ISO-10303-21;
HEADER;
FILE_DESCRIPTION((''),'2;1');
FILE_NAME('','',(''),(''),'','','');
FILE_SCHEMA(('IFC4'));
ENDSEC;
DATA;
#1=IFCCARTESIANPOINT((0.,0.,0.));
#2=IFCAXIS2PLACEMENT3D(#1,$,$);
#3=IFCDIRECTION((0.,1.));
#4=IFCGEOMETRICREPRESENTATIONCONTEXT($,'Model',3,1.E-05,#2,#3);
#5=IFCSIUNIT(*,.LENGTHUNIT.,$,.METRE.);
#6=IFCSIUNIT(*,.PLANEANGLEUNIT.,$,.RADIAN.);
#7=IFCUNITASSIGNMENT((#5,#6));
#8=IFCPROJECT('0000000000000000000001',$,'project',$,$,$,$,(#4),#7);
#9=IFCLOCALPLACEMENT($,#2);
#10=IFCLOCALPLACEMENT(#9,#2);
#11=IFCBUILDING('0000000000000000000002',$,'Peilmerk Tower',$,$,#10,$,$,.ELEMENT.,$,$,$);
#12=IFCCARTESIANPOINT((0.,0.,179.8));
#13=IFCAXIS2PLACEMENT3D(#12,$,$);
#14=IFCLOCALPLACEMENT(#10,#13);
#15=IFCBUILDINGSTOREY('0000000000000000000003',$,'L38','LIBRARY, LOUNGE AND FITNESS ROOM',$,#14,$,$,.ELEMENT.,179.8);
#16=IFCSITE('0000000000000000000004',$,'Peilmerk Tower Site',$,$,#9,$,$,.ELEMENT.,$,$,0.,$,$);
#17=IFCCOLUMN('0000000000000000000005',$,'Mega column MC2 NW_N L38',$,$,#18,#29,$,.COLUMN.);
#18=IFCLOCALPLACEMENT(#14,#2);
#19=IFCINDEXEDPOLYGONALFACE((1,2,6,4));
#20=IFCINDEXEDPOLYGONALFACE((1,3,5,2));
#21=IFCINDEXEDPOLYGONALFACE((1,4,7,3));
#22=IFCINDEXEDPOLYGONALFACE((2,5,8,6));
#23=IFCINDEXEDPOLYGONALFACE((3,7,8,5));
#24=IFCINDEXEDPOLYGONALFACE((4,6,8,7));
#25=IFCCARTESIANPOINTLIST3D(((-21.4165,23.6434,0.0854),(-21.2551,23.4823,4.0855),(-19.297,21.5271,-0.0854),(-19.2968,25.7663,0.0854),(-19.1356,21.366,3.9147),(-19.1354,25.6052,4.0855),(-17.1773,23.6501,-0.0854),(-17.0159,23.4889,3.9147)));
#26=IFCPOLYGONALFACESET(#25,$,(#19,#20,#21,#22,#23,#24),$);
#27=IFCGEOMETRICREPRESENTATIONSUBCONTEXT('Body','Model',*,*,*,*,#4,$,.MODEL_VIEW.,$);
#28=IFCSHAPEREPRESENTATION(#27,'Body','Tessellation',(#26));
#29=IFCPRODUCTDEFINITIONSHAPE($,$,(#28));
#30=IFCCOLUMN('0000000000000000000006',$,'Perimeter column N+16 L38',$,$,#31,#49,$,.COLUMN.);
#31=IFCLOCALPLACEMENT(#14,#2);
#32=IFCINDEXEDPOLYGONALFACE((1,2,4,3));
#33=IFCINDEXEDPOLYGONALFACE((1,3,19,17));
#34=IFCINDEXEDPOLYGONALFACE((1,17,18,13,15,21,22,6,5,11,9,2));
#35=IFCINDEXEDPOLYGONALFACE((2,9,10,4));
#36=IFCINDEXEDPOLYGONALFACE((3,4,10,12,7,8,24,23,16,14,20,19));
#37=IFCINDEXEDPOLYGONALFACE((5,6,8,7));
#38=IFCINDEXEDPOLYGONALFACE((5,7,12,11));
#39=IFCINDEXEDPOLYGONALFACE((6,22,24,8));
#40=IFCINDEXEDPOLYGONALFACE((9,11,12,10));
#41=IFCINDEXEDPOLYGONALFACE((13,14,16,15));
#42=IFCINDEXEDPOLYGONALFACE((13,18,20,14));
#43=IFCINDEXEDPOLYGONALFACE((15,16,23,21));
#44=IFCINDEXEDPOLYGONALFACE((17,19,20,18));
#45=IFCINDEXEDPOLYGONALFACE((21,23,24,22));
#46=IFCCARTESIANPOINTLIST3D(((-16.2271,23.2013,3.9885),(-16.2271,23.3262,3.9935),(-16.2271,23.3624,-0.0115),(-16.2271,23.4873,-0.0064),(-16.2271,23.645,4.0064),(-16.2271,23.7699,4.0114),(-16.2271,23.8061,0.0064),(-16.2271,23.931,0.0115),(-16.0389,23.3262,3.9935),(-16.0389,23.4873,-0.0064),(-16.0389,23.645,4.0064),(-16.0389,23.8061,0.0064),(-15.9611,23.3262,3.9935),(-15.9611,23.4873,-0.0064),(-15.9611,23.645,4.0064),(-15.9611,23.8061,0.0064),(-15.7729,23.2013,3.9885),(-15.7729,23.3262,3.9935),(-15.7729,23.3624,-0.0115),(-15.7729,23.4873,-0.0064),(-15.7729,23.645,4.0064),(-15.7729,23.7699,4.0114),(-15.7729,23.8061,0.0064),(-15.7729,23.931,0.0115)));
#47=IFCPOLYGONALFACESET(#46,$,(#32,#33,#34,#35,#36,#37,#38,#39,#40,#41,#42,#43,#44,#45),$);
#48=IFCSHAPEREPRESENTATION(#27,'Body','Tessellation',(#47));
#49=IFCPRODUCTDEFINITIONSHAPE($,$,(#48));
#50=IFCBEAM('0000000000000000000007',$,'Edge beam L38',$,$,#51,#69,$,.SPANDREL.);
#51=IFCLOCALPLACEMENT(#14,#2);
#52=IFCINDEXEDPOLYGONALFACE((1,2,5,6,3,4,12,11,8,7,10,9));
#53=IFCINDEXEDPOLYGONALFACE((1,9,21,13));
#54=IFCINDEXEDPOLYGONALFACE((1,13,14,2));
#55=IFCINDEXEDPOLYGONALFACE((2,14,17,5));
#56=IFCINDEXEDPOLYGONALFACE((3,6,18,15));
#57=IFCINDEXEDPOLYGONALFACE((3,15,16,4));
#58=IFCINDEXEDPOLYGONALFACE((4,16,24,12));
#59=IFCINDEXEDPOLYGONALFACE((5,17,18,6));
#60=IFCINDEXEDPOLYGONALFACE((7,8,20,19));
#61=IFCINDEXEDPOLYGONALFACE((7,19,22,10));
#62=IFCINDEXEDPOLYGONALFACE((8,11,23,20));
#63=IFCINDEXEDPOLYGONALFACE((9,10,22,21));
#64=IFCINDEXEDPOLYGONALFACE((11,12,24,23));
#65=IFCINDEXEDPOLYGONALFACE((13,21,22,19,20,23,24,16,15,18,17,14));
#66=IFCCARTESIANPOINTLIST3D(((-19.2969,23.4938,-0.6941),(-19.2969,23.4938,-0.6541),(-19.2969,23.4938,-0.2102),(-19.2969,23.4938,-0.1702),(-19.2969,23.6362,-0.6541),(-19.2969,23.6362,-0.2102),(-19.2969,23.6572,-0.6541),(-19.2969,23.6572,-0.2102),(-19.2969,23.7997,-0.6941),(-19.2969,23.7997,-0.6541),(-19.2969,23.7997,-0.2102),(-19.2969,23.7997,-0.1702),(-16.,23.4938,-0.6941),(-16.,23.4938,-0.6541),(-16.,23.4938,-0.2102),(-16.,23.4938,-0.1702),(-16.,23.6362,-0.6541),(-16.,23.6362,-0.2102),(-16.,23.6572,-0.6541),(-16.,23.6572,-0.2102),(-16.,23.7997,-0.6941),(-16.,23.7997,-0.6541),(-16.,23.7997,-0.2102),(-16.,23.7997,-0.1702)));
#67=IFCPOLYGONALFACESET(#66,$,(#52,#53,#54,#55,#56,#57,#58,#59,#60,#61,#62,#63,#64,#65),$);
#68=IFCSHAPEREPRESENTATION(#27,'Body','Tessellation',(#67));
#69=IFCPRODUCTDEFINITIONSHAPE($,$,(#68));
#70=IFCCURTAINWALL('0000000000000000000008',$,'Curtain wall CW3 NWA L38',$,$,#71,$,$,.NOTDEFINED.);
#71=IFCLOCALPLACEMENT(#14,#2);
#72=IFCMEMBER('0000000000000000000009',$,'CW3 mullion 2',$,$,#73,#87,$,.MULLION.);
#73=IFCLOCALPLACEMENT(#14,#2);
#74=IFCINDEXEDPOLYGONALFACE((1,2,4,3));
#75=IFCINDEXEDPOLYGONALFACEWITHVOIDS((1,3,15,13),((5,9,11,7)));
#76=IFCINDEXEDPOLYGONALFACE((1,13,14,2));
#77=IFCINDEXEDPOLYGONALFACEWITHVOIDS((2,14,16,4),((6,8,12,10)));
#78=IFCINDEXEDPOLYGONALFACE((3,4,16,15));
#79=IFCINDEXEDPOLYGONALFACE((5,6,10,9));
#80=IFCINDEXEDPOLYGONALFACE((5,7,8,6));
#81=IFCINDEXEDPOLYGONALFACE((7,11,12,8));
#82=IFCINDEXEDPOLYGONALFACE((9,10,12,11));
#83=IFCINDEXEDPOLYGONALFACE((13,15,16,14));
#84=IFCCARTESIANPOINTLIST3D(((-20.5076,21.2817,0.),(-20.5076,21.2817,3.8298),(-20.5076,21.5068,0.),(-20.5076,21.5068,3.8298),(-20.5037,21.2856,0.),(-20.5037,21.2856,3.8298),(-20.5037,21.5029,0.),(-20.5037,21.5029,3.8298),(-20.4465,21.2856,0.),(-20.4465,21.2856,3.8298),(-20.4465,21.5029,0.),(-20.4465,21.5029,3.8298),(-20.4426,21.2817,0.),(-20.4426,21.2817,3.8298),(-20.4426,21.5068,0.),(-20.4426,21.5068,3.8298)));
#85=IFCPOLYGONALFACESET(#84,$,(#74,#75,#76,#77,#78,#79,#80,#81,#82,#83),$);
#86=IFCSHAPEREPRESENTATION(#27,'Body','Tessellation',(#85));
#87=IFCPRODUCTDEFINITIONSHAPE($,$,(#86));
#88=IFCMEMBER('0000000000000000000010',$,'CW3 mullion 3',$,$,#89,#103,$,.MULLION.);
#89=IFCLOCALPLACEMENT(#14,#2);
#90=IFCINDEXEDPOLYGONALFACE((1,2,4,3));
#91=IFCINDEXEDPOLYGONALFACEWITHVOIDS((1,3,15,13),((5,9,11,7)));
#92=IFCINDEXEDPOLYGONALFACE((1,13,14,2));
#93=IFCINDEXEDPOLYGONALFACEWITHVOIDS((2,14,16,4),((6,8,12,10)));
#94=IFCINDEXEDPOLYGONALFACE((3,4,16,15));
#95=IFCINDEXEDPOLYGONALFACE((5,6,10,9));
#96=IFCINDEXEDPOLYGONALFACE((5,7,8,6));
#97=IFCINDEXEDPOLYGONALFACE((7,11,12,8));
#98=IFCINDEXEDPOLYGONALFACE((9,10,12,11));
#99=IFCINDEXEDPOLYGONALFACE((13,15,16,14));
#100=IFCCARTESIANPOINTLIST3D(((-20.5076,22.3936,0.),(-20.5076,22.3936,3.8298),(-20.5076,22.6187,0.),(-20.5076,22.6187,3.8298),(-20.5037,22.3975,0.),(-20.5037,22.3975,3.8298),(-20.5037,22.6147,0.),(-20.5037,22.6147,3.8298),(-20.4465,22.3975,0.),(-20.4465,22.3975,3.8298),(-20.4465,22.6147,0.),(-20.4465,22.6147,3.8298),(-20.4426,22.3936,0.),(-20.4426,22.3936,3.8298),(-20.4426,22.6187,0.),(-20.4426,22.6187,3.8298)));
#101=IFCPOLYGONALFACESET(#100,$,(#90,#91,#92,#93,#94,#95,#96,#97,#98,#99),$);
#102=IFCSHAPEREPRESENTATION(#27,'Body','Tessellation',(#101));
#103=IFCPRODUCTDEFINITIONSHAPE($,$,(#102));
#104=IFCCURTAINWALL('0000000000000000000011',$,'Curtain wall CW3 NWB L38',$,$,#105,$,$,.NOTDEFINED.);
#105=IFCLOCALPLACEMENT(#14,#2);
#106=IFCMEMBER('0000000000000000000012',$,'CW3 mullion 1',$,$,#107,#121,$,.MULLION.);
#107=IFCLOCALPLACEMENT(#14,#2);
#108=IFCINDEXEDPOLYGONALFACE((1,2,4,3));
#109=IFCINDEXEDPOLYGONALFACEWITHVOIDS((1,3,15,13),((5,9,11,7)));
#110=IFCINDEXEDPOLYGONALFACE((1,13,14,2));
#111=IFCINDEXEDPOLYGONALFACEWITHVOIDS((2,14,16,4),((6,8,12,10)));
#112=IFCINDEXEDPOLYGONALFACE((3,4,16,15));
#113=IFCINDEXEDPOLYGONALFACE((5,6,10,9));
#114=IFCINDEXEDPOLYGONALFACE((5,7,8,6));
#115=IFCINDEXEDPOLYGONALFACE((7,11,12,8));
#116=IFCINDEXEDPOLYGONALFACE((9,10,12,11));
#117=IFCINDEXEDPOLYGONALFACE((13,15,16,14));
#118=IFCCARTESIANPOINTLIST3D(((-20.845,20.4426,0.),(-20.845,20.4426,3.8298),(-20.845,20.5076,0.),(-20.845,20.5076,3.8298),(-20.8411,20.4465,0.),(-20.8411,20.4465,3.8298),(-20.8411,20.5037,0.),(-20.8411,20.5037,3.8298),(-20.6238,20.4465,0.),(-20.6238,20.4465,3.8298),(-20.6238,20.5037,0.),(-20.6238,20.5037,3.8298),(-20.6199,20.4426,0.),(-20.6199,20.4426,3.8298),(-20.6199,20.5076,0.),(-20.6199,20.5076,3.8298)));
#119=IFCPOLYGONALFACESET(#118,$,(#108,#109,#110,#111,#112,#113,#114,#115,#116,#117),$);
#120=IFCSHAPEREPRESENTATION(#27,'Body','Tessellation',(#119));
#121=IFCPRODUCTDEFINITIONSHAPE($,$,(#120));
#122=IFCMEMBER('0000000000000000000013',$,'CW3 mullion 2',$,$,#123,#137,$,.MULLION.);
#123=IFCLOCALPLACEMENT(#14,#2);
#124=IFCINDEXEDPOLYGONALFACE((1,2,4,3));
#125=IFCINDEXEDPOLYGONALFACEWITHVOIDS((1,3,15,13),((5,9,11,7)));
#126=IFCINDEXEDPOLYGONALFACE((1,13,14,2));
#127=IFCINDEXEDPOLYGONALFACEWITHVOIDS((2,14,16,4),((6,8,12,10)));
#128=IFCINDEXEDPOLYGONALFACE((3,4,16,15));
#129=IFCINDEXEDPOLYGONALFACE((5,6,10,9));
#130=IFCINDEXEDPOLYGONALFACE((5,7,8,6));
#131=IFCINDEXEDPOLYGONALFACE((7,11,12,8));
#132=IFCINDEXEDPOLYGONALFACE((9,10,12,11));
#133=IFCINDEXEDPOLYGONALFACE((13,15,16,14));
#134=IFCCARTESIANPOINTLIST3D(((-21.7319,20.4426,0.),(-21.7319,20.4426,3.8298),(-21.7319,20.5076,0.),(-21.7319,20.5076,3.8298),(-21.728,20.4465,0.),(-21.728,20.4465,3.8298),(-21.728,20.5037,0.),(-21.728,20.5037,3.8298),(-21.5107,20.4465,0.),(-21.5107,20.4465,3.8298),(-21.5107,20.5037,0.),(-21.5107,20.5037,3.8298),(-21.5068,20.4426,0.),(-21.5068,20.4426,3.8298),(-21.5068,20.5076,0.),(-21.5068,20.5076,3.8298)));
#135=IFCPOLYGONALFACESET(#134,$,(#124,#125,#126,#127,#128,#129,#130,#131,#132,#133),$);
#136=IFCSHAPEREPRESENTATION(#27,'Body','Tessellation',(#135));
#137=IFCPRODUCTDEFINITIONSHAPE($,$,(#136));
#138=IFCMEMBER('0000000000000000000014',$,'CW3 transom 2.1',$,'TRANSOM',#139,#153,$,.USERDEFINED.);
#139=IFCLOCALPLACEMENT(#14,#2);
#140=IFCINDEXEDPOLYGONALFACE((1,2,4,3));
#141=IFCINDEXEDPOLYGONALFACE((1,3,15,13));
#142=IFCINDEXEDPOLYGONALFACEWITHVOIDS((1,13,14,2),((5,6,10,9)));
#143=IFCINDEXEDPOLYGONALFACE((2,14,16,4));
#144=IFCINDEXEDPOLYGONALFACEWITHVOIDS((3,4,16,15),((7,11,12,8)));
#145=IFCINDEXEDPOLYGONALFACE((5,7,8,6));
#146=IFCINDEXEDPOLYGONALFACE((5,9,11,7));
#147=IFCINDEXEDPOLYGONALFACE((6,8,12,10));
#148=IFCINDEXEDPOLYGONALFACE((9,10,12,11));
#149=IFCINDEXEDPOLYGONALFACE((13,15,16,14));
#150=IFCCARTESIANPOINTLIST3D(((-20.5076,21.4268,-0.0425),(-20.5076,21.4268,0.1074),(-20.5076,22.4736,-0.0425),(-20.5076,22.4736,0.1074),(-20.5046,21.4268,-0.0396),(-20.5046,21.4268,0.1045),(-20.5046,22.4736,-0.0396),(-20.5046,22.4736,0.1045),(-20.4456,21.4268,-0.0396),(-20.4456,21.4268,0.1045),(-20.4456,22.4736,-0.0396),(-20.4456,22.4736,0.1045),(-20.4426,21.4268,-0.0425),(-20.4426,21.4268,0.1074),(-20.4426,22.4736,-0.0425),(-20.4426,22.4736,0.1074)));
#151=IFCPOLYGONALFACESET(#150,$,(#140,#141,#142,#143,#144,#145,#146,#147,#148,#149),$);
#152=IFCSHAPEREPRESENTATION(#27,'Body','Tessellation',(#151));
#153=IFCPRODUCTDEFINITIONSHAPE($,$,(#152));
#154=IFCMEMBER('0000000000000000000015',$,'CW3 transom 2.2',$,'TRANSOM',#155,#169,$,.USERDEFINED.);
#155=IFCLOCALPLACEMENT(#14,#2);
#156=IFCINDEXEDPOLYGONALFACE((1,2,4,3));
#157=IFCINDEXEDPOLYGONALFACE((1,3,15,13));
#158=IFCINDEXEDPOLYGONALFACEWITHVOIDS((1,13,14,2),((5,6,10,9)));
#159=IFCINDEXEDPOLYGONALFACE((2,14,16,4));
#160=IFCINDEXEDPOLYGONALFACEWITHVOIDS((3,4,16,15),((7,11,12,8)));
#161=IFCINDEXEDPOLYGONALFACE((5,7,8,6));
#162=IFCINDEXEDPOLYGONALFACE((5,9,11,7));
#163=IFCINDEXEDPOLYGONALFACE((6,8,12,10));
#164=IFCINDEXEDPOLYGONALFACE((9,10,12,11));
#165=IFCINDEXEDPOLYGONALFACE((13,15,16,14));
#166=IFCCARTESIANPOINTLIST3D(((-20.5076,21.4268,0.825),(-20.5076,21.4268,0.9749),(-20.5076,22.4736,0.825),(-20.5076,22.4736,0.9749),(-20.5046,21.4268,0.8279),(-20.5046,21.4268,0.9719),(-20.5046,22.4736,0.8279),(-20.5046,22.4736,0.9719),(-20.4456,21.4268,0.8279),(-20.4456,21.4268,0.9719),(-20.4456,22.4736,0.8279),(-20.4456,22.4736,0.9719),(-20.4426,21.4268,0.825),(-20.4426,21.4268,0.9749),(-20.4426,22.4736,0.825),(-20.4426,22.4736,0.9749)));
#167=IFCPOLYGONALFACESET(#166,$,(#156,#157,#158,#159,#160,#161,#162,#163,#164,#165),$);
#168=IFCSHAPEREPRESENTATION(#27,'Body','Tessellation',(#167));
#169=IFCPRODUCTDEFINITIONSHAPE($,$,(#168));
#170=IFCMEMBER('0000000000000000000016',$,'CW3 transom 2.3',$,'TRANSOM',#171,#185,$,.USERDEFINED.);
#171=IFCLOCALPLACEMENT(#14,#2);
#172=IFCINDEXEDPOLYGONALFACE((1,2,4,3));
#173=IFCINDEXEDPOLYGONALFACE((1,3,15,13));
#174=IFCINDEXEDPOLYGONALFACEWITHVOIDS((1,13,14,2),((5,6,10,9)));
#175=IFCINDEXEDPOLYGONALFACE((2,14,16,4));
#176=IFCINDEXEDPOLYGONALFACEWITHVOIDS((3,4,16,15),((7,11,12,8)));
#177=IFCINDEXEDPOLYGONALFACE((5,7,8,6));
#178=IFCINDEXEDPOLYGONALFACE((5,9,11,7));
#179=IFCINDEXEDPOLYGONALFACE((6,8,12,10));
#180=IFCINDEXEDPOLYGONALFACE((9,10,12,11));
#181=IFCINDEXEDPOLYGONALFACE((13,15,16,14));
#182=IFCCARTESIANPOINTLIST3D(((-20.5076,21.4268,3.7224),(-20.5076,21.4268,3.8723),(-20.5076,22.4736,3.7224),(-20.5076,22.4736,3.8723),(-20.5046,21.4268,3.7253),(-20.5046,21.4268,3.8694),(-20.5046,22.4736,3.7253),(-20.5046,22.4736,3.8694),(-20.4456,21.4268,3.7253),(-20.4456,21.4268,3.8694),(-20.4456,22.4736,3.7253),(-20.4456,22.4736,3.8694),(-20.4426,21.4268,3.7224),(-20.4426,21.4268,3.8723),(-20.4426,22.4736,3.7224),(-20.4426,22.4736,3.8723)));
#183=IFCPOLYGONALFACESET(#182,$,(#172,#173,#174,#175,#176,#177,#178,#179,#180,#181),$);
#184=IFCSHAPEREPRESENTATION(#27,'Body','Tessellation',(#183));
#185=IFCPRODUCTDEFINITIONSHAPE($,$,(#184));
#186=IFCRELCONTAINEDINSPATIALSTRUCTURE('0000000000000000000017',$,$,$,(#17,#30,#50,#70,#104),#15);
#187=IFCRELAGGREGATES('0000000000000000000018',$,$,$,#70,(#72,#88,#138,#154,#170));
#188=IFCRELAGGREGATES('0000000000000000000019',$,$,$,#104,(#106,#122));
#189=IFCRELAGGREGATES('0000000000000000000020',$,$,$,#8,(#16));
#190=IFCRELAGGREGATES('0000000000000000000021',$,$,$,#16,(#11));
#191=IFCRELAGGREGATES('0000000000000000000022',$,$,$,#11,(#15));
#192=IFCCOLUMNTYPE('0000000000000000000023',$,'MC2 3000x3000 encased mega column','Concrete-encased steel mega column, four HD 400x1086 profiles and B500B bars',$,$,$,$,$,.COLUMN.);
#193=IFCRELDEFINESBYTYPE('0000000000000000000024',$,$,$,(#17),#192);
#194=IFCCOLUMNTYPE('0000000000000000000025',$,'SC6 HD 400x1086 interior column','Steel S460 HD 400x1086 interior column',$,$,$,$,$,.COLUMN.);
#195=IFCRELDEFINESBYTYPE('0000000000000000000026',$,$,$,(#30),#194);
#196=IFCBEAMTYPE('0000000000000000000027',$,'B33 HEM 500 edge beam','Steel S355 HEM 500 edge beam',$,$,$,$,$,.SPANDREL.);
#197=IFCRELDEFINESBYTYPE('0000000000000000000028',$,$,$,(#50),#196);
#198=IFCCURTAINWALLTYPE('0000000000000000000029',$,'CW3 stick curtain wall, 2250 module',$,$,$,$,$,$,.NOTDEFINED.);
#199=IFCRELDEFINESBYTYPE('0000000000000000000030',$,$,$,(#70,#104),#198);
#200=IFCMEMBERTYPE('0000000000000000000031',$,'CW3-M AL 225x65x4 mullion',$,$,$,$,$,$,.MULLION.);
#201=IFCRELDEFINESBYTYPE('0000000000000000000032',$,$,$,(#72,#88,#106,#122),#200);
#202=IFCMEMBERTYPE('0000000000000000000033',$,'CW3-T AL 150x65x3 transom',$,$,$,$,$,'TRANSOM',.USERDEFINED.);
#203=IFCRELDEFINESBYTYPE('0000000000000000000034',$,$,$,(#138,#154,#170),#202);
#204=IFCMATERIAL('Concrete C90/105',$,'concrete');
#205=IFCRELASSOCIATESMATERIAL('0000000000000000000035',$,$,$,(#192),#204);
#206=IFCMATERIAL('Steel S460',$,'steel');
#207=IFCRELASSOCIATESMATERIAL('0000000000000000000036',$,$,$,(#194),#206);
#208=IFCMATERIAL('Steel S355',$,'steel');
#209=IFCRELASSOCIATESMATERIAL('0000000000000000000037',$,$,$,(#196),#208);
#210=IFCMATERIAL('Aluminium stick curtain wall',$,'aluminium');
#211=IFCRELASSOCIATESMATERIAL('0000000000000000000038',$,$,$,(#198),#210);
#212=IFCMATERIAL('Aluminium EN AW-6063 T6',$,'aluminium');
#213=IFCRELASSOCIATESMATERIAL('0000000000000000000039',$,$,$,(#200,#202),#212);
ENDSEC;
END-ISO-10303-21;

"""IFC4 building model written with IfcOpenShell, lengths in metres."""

from ifc_helpers import new_model, si_unit, direction, frame, origin, origin_2d, place, context, subcontext, project, spatial, rectangle, hollow_rectangle, i_section, extrude, material, material_profile, profile_set, type_object, element, aggregate, save


model = new_model("IFC4")

# Units and contexts
model_context = context("Model", 3, precision=1e-05, world=origin(), true_north=direction((0.0, 1.0)))
body_context = subcontext(model_context, "Body", "Model", "MODEL_VIEW")
ifc_project = project(units=[si_unit("LENGTHUNIT", "METRE"), si_unit("PLANEANGLEUNIT", "RADIAN")], contexts=[model_context])

# Site, building, storey
site_placement = place(None, origin())
site = spatial("IfcSite", under=ifc_project, at=site_placement, Name="Peilmerk Tower Site", CompositionType="ELEMENT", RefElevation=0.0)
building_placement = place(site_placement, origin())
building = spatial("IfcBuilding", under=site, at=building_placement, Name="Peilmerk Tower", CompositionType="ELEMENT")
storey_placement = place(building_placement, frame((0.0, 0.0, 179.8)))
storey = spatial("IfcBuildingStorey", under=building, at=storey_placement, Name="L38", Description="LIBRARY, LOUNGE AND FITNESS ROOM", CompositionType="ELEMENT", Elevation=179.8)

# Columns
ifc_material_1 = material(Name="Concrete C90/105", Category="concrete")
ifc_material_profile_1 = material_profile(ifc_material_1, rectangle(XDim=3.0, YDim=3.0, at=origin_2d()), Name="RC 3000x3000")
ifc_profile_set_1 = profile_set([ifc_material_profile_1], Name="Concrete C90/105")
column_type_1 = type_object("IfcColumnType", Name="MC2 3000x3000 encased mega column", Description="Concrete-encased steel mega column, four HD 400x1086 profiles and B500B bars", PredefinedType="COLUMN", material=ifc_profile_set_1)
column_1_placement = place(storey_placement, frame((-19.2969, 23.6467, 0.0), z_axis=(0.040279, -0.040218, 0.998379), x_axis=(0.706571, 0.707642, 0.0)))
element("IfcColumn", 1, at=column_1_placement, inside=storey, type_object=column_type_1, Name="Mega column MC2 NW_N L38", PredefinedType="COLUMN", context=body_context, shape_type="SweptSolid", body=[
    extrude(rectangle(XDim=3.0, YDim=3.0, at=origin_2d()), origin(), (0.0, 0.0, 1.0), 4.0066),
])
ifc_material_2 = material(Name="Steel S460", Category="steel")
ifc_material_profile_2 = material_profile(ifc_material_2, i_section(OverallWidth=0.4541, OverallDepth=0.5691, WebThickness=0.0779, FlangeThickness=0.125, at=origin_2d()), Name="HD 400x1086")
ifc_profile_set_2 = profile_set([ifc_material_profile_2], Name="Steel S460")
column_type_2 = type_object("IfcColumnType", Name="SC6 HD 400x1086 interior column", Description="Steel S460 HD 400x1086 interior column", PredefinedType="COLUMN", material=ifc_profile_set_2)
column_2_placement = place(storey_placement, frame((-16.0, 23.6467, 0.0), z_axis=(0.0, -0.040251, 0.99919), x_axis=(1.0, 0.0, 0.0)))
element("IfcColumn", 2, at=column_2_placement, inside=storey, type_object=column_type_2, Name="Perimeter column N+16 L38", PredefinedType="COLUMN", context=body_context, shape_type="SweptSolid", body=[
    extrude(i_section(OverallWidth=0.4541, OverallDepth=0.5691, WebThickness=0.0779, FlangeThickness=0.125, at=origin_2d()), origin(), (0.0, 0.0, 1.0), 4.0032),
])

# Beam
ifc_material_3 = material(Name="Steel S355", Category="steel")
ifc_material_profile_3 = material_profile(ifc_material_3, i_section(OverallWidth=0.3059, OverallDepth=0.5239, WebThickness=0.021, FlangeThickness=0.04, at=origin_2d()), Name="HEM 500")
ifc_profile_set_3 = profile_set([ifc_material_profile_3], Name="Steel S355")
beam_type = type_object("IfcBeamType", Name="B33 HEM 500 edge beam", Description="Steel S355 HEM 500 edge beam", PredefinedType="SPANDREL", material=ifc_profile_set_3)
beam_placement = place(storey_placement, frame((-16.0, 23.6467, -0.4321), z_axis=(-1.0, 0.0, 0.0), x_axis=(0.0, -1.0, 0.0)))
element("IfcBeam", 3, at=beam_placement, inside=storey, type_object=beam_type, Name="Edge beam L38", PredefinedType="SPANDREL", context=body_context, shape_type="SweptSolid", body=[
    extrude(i_section(OverallWidth=0.3059, OverallDepth=0.5239, WebThickness=0.021, FlangeThickness=0.04, at=origin_2d()), origin(), (0.0, 0.0, 1.0), 3.2969),
])

# Curtain walls, members
ifc_material_4 = material(Name="Aluminium stick curtain wall", Category="aluminium")
curtain_wall_type = type_object("IfcCurtainWallType", Name="CW3 stick curtain wall, 2250 module", PredefinedType="NOTDEFINED", material=ifc_material_4)
curtain_wall_1_placement = place(storey_placement, origin())
curtain_wall_1 = element("IfcCurtainWall", 4, at=curtain_wall_1_placement, inside=storey, type_object=curtain_wall_type, Name="Curtain wall CW3 NWA L38", PredefinedType="NOTDEFINED")
ifc_material_5 = material(Name="Aluminium EN AW-6063 T6", Category="aluminium")
ifc_material_profile_4 = material_profile(ifc_material_5, hollow_rectangle(XDim=0.0649, YDim=0.2251, WallThickness=0.0039, at=origin_2d()), Name="AL 225x65x4")
ifc_profile_set_4 = profile_set([ifc_material_profile_4], Name="Aluminium EN AW-6063 T6")
member_type_1 = type_object("IfcMemberType", Name="CW3-M AL 225x65x4 mullion", PredefinedType="MULLION", material=ifc_profile_set_4)
member_1_placement = place(storey_placement, frame((-20.4751, 21.3943, 0.0), z_axis=(0.0, 0.0, 1.0), x_axis=(-1.0, 0.0, 0.0)))
member_1 = element("IfcMember", 5, at=member_1_placement, type_object=member_type_1, Name="CW3 mullion 2", PredefinedType="MULLION", context=body_context, shape_type="SweptSolid", body=[
    extrude(hollow_rectangle(XDim=0.0649, YDim=0.2251, WallThickness=0.0039, at=origin_2d()), origin(), (0.0, 0.0, 1.0), 3.8298),
])
member_2_placement = place(storey_placement, frame((-20.4751, 22.5061, 0.0), z_axis=(0.0, 0.0, 1.0), x_axis=(-1.0, 0.0, 0.0)))
member_2 = element("IfcMember", 6, at=member_2_placement, type_object=member_type_1, Name="CW3 mullion 3", PredefinedType="MULLION", context=body_context, shape_type="SweptSolid", body=[
    extrude(hollow_rectangle(XDim=0.0649, YDim=0.2251, WallThickness=0.0039, at=origin_2d()), origin(), (0.0, 0.0, 1.0), 3.8298),
])
curtain_wall_2_placement = place(storey_placement, origin())
curtain_wall_2 = element("IfcCurtainWall", 7, at=curtain_wall_2_placement, inside=storey, type_object=curtain_wall_type, Name="Curtain wall CW3 NWB L38", PredefinedType="NOTDEFINED")
member_3_placement = place(storey_placement, frame((-20.7324, 20.4751, 0.0), z_axis=(0.0, 0.0, 1.0), x_axis=(0.0, -1.0, 0.0)))
member_3 = element("IfcMember", 8, at=member_3_placement, type_object=member_type_1, Name="CW3 mullion 1", PredefinedType="MULLION", context=body_context, shape_type="SweptSolid", body=[
    extrude(hollow_rectangle(XDim=0.0649, YDim=0.2251, WallThickness=0.0039, at=origin_2d()), origin(), (0.0, 0.0, 1.0), 3.8298),
])
member_4_placement = place(storey_placement, frame((-21.6194, 20.4751, 0.0), z_axis=(0.0, 0.0, 1.0), x_axis=(0.0, -1.0, 0.0)))
member_4 = element("IfcMember", 9, at=member_4_placement, type_object=member_type_1, Name="CW3 mullion 2", PredefinedType="MULLION", context=body_context, shape_type="SweptSolid", body=[
    extrude(hollow_rectangle(XDim=0.0649, YDim=0.2251, WallThickness=0.0039, at=origin_2d()), origin(), (0.0, 0.0, 1.0), 3.8298),
])

# Members
ifc_material_profile_5 = material_profile(ifc_material_5, hollow_rectangle(XDim=0.0649, YDim=0.1499, WallThickness=0.0029, at=origin_2d()), Name="AL 150x65x3")
ifc_profile_set_5 = profile_set([ifc_material_profile_5], Name="Aluminium EN AW-6063 T6")
member_type_2 = type_object("IfcMemberType", Name="CW3-T AL 150x65x3 transom", ElementType="TRANSOM", PredefinedType="USERDEFINED", material=ifc_profile_set_5)
member_5_placement = place(storey_placement, frame((-20.4751, 21.4268, 0.0325), z_axis=(0.0, 1.0, 0.0), x_axis=(-1.0, 0.0, 0.0)))
member_5 = element("IfcMember", 10, at=member_5_placement, type_object=member_type_2, Name="CW3 transom 2.1", ObjectType="TRANSOM", PredefinedType="USERDEFINED", context=body_context, shape_type="SweptSolid", body=[
    extrude(hollow_rectangle(XDim=0.0649, YDim=0.1499, WallThickness=0.0029, at=origin_2d()), origin(), (0.0, 0.0, 1.0), 1.0469),
])
member_6_placement = place(storey_placement, frame((-20.4751, 21.4268, 0.8999), z_axis=(0.0, 1.0, 0.0), x_axis=(-1.0, 0.0, 0.0)))
member_6 = element("IfcMember", 11, at=member_6_placement, type_object=member_type_2, Name="CW3 transom 2.2", ObjectType="TRANSOM", PredefinedType="USERDEFINED", context=body_context, shape_type="SweptSolid", body=[
    extrude(hollow_rectangle(XDim=0.0649, YDim=0.1499, WallThickness=0.0029, at=origin_2d()), origin(), (0.0, 0.0, 1.0), 1.0469),
])
member_7_placement = place(storey_placement, frame((-20.4751, 21.4268, 3.7974), z_axis=(0.0, 1.0, 0.0), x_axis=(-1.0, 0.0, 0.0)))
member_7 = element("IfcMember", 12, at=member_7_placement, type_object=member_type_2, Name="CW3 transom 2.3", ObjectType="TRANSOM", PredefinedType="USERDEFINED", context=body_context, shape_type="SweptSolid", body=[
    extrude(hollow_rectangle(XDim=0.0649, YDim=0.1499, WallThickness=0.0029, at=origin_2d()), origin(), (0.0, 0.0, 1.0), 1.0469),
])

aggregate(curtain_wall_1, [member_1, member_2, member_5, member_6, member_7])
aggregate(curtain_wall_2, [member_3, member_4])

save(model, "model.ifc")
